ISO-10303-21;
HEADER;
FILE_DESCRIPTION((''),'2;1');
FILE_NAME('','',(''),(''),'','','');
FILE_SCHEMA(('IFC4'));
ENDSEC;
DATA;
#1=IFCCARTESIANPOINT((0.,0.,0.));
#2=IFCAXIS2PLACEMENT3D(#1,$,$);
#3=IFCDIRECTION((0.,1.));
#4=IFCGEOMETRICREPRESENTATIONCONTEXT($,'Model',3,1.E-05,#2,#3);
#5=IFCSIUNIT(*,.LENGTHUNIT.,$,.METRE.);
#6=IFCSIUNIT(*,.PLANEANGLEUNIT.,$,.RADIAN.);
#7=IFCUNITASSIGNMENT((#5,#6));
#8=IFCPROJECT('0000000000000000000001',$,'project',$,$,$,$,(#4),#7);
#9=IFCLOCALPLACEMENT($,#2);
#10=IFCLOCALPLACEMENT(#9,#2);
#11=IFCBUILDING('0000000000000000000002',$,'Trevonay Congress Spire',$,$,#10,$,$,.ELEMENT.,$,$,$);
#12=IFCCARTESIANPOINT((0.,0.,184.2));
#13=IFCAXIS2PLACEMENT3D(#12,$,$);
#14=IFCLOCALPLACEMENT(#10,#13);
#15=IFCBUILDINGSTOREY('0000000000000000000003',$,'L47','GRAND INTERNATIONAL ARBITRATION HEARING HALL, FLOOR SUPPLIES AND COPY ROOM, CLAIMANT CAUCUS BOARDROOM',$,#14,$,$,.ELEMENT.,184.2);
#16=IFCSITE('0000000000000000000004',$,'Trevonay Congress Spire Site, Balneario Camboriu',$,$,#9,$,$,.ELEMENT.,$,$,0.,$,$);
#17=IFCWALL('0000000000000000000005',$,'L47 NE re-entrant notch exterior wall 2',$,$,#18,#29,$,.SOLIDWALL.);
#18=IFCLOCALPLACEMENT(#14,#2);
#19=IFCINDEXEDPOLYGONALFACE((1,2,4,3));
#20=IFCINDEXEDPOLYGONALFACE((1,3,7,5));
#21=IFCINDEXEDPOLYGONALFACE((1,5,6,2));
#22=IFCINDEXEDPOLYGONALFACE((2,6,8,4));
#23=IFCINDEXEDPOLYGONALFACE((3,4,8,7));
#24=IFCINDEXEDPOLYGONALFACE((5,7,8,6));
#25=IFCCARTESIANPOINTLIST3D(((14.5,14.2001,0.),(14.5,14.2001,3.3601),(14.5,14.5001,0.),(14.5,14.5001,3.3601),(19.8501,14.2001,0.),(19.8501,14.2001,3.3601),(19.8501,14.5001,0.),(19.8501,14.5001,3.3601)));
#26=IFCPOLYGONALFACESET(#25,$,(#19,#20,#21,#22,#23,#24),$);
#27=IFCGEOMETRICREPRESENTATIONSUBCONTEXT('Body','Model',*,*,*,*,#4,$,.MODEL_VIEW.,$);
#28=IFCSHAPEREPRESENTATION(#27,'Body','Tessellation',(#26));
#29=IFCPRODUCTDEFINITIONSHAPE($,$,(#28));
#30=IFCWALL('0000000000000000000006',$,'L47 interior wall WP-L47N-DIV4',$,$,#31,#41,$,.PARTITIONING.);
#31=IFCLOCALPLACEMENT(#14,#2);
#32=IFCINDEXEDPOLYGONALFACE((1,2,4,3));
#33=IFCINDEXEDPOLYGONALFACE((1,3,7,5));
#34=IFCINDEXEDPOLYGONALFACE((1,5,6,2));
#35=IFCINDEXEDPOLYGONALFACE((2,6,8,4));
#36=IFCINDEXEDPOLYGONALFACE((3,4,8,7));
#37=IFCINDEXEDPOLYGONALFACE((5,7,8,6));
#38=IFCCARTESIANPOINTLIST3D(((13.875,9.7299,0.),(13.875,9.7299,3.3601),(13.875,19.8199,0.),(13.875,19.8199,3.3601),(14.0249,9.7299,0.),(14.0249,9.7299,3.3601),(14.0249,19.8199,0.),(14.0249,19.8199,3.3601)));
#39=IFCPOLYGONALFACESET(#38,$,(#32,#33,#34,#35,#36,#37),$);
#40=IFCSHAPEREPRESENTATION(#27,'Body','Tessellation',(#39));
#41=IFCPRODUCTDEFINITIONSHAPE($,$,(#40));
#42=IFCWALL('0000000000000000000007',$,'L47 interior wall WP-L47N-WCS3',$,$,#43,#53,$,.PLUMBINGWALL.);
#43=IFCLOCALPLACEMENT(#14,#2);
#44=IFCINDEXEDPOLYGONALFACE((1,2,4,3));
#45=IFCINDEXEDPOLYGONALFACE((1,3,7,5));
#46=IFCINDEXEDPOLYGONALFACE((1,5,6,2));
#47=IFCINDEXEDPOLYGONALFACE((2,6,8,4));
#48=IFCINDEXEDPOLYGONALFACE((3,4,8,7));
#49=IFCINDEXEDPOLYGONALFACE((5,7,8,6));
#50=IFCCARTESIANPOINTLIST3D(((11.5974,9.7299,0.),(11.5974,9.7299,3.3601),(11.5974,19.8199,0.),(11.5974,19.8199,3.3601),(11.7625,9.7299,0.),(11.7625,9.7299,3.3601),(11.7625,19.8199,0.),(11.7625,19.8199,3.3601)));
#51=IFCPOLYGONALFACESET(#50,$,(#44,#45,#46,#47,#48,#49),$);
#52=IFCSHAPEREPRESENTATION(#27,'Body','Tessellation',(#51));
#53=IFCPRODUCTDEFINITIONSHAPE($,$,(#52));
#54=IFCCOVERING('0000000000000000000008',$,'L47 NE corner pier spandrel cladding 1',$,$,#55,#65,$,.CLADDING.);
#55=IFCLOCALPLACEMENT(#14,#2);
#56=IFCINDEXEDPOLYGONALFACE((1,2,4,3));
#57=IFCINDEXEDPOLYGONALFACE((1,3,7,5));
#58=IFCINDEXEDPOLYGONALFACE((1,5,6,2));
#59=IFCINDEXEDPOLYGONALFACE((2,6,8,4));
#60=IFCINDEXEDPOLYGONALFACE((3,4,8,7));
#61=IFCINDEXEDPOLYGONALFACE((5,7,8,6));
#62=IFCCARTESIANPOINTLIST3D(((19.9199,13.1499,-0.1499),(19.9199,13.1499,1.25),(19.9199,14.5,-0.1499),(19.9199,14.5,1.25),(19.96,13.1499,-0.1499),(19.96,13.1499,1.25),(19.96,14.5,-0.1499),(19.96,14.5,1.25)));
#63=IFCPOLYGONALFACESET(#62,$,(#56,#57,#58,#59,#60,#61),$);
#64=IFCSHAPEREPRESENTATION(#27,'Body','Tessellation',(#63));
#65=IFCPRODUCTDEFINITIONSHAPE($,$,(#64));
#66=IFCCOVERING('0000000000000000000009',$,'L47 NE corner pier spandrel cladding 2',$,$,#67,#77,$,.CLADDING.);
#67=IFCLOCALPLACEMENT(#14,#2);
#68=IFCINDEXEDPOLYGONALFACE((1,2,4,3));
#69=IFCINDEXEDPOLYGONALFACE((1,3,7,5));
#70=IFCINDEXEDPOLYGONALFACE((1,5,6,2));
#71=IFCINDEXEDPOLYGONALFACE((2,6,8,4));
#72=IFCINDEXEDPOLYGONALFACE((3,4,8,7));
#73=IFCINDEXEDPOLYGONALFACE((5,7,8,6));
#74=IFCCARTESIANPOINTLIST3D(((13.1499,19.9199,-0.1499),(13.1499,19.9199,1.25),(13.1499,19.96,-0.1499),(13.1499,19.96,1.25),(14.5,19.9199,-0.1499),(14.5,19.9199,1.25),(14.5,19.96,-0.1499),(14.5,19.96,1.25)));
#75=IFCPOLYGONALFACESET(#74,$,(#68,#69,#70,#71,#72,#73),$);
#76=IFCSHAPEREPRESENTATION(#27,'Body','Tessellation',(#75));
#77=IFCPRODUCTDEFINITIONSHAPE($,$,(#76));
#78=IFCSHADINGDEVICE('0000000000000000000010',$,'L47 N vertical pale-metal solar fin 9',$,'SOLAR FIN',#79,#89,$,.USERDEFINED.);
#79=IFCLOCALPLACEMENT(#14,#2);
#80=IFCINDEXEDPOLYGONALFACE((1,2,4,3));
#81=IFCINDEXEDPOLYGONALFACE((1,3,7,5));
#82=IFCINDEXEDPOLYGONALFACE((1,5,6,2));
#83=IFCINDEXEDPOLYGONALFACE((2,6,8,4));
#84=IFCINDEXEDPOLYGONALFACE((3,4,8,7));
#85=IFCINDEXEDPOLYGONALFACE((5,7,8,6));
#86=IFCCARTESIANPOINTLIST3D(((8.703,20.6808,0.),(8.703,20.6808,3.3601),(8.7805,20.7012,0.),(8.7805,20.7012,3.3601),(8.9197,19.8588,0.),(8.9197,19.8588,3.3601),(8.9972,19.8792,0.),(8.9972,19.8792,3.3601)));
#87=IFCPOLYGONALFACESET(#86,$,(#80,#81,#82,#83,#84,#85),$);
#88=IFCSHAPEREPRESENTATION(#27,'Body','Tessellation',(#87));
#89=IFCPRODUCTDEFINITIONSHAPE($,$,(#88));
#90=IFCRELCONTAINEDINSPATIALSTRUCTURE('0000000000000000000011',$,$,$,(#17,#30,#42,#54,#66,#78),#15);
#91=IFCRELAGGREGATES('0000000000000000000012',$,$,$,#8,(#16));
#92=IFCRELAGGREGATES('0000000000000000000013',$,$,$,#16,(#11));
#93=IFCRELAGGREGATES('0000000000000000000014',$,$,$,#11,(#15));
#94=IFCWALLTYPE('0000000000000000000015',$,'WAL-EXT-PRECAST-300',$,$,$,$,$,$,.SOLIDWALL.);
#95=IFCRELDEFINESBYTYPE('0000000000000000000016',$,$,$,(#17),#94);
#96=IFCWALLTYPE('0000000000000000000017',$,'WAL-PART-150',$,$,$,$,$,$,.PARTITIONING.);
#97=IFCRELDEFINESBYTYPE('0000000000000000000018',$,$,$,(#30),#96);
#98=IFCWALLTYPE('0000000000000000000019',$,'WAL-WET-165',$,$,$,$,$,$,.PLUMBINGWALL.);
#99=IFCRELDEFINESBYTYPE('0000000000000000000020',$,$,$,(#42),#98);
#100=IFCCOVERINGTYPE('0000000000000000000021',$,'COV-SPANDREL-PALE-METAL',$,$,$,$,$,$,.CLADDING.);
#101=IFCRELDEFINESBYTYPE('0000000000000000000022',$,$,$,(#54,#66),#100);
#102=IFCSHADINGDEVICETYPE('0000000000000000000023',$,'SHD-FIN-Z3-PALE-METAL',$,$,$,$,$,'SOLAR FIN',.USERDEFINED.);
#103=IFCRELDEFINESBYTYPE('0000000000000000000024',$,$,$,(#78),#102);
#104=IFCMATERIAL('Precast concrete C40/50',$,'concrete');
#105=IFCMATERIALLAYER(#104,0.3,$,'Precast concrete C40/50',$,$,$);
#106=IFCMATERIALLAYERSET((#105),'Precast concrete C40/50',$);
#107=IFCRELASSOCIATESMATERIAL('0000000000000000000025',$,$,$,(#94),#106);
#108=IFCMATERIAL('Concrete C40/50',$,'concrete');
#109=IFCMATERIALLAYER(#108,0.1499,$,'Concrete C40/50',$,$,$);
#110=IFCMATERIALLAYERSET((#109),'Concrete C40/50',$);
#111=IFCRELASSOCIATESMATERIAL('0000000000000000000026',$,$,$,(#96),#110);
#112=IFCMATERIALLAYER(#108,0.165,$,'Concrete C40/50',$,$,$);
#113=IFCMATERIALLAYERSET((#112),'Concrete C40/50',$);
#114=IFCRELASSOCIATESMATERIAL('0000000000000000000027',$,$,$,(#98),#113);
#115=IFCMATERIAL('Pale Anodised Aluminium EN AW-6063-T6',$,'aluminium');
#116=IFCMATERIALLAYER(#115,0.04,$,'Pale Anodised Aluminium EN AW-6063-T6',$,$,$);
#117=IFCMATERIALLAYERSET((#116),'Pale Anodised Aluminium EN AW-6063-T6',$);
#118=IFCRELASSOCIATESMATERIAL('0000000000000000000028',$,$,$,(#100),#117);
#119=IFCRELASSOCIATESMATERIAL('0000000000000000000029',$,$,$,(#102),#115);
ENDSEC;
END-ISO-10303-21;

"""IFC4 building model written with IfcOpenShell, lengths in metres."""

from ifc_helpers import new_model, si_unit, direction, frame, frame_2d, origin, origin_2d, place, context, subcontext, project, spatial, rectangle, extrude, material, layer, layer_set, type_object, element, save


model = new_model("IFC4")

# Units and contexts
model_context = context("Model", 3, precision=1e-05, world=origin(), true_north=direction((0.0, 1.0)))
body_context = subcontext(model_context, "Body", "Model", "MODEL_VIEW")
ifc_project = project(units=[si_unit("LENGTHUNIT", "METRE"), si_unit("PLANEANGLEUNIT", "RADIAN")], contexts=[model_context])

# Site, building, storey
site_placement = place(None, origin())
site = spatial("IfcSite", under=ifc_project, at=site_placement, Name="Trevonay Congress Spire Site, Balneario Camboriu", CompositionType="ELEMENT", RefElevation=0.0)
building_placement = place(site_placement, origin())
building = spatial("IfcBuilding", under=site, at=building_placement, Name="Trevonay Congress Spire", CompositionType="ELEMENT")
storey_placement = place(building_placement, frame((0.0, 0.0, 184.2)))
storey = spatial("IfcBuildingStorey", under=building, at=storey_placement, Name="L47", Description="GRAND INTERNATIONAL ARBITRATION HEARING HALL, FLOOR SUPPLIES AND COPY ROOM, CLAIMANT CAUCUS BOARDROOM", CompositionType="ELEMENT", Elevation=184.2)

# Shared definitions
ifc_material_1 = material(Name="Pale Anodised Aluminium EN AW-6063-T6", Category="aluminium")

# Shared definitions
ifc_material_2 = material(Name="Precast concrete C40/50", Category="concrete")
ifc_layer_1 = layer(ifc_material_2, 0.3, Name="Precast concrete C40/50")
ifc_layer_set_1 = layer_set([ifc_layer_1], Name="Precast concrete C40/50")
wall_type_1 = type_object("IfcWallType", Name="WAL-EXT-PRECAST-300", PredefinedType="SOLIDWALL", material=ifc_layer_set_1)

# Walls
wall_1_placement = place(storey_placement, frame((19.8501, 14.3501, 0.0), z_axis=(0.0, 0.0, 1.0), x_axis=(-1.0, 0.0, 0.0)))
element("IfcWall", 1, at=wall_1_placement, inside=storey, type_object=wall_type_1, Name="L47 NE re-entrant notch exterior wall 2", PredefinedType="SOLIDWALL", context=body_context, shape_type="SweptSolid", body=[
    extrude(rectangle(XDim=5.3501, YDim=0.3, at=frame_2d((2.675, 0.0))), origin(), (0.0, 0.0, 1.0), 3.3601),
])
ifc_material_3 = material(Name="Concrete C40/50", Category="concrete")
ifc_layer_2 = layer(ifc_material_3, 0.1499, Name="Concrete C40/50")
ifc_layer_set_2 = layer_set([ifc_layer_2], Name="Concrete C40/50")
wall_type_2 = type_object("IfcWallType", Name="WAL-PART-150", PredefinedType="PARTITIONING", material=ifc_layer_set_2)
wall_2_placement = place(storey_placement, frame((13.95, 9.73, 0.0), z_axis=(0.0, 0.0, 1.0), x_axis=(0.0, 1.0, 0.0)))
element("IfcWall", 2, at=wall_2_placement, inside=storey, type_object=wall_type_2, Name="L47 interior wall WP-L47N-DIV4", PredefinedType="PARTITIONING", context=body_context, shape_type="SweptSolid", body=[
    extrude(rectangle(XDim=10.0901, YDim=0.1499, at=frame_2d((5.0449, 0.0))), origin(), (0.0, 0.0, 1.0), 3.3601),
])
ifc_layer_3 = layer(ifc_material_3, 0.165, Name="Concrete C40/50")
ifc_layer_set_3 = layer_set([ifc_layer_3], Name="Concrete C40/50")
wall_type_3 = type_object("IfcWallType", Name="WAL-WET-165", PredefinedType="PLUMBINGWALL", material=ifc_layer_set_3)
wall_3_placement = place(storey_placement, frame((11.6799, 9.73, 0.0), z_axis=(0.0, 0.0, 1.0), x_axis=(0.0, 1.0, 0.0)))
element("IfcWall", 3, at=wall_3_placement, inside=storey, type_object=wall_type_3, Name="L47 interior wall WP-L47N-WCS3", PredefinedType="PLUMBINGWALL", context=body_context, shape_type="SweptSolid", body=[
    extrude(rectangle(XDim=10.0901, YDim=0.165, at=frame_2d((5.0449, 0.0))), origin(), (0.0, 0.0, 1.0), 3.3601),
])

# Coverings
ifc_layer_4 = layer(ifc_material_1, 0.04, Name="Pale Anodised Aluminium EN AW-6063-T6")
ifc_layer_set_4 = layer_set([ifc_layer_4], Name="Pale Anodised Aluminium EN AW-6063-T6")
covering_type = type_object("IfcCoveringType", Name="COV-SPANDREL-PALE-METAL", PredefinedType="CLADDING", material=ifc_layer_set_4)
for number, where, z_axis, x_axis, name in (
    (4, (19.9399, 13.1499, -0.1499), (0.0, 0.0, 1.0), (0.0, 1.0, 0.0), "L47 NE corner pier spandrel cladding 1"),
    (5, (13.1499, 19.9399, -0.1499), (0.0, 0.0, 1.0), (1.0, 0.0, 0.0), "L47 NE corner pier spandrel cladding 2"),
):
    element("IfcCovering", number, at=place(storey_placement, frame(where, z_axis=z_axis, x_axis=x_axis)), inside=storey, type_object=covering_type, Name=name, PredefinedType="CLADDING", context=body_context, shape_type="SweptSolid", body=[
        extrude(rectangle(XDim=1.3501, YDim=0.04, at=frame_2d((0.675, 0.0))), origin(), (0.0, 0.0, 1.0), 1.3999),
    ])

# Shading device
shading_device_type = type_object("IfcShadingDeviceType", Name="SHD-FIN-Z3-PALE-METAL", ElementType="SOLAR FIN", PredefinedType="USERDEFINED", material=ifc_material_1)
shading_device_placement = place(storey_placement, frame((8.8501, 20.28, 0.0), z_axis=(0.0, 0.0, 1.0), x_axis=(0.966957, 0.254939, 0.0)))
element("IfcShadingDevice", 6, at=shading_device_placement, inside=storey, type_object=shading_device_type, Name="L47 N vertical pale-metal solar fin 9", ObjectType="SOLAR FIN", PredefinedType="USERDEFINED", context=body_context, shape_type="SweptSolid", body=[
    extrude(rectangle(XDim=0.0801, YDim=0.8501, at=origin_2d()), origin(), (0.0, 0.0, 1.0), 3.3601),
])

save(model, "model.ifc")
